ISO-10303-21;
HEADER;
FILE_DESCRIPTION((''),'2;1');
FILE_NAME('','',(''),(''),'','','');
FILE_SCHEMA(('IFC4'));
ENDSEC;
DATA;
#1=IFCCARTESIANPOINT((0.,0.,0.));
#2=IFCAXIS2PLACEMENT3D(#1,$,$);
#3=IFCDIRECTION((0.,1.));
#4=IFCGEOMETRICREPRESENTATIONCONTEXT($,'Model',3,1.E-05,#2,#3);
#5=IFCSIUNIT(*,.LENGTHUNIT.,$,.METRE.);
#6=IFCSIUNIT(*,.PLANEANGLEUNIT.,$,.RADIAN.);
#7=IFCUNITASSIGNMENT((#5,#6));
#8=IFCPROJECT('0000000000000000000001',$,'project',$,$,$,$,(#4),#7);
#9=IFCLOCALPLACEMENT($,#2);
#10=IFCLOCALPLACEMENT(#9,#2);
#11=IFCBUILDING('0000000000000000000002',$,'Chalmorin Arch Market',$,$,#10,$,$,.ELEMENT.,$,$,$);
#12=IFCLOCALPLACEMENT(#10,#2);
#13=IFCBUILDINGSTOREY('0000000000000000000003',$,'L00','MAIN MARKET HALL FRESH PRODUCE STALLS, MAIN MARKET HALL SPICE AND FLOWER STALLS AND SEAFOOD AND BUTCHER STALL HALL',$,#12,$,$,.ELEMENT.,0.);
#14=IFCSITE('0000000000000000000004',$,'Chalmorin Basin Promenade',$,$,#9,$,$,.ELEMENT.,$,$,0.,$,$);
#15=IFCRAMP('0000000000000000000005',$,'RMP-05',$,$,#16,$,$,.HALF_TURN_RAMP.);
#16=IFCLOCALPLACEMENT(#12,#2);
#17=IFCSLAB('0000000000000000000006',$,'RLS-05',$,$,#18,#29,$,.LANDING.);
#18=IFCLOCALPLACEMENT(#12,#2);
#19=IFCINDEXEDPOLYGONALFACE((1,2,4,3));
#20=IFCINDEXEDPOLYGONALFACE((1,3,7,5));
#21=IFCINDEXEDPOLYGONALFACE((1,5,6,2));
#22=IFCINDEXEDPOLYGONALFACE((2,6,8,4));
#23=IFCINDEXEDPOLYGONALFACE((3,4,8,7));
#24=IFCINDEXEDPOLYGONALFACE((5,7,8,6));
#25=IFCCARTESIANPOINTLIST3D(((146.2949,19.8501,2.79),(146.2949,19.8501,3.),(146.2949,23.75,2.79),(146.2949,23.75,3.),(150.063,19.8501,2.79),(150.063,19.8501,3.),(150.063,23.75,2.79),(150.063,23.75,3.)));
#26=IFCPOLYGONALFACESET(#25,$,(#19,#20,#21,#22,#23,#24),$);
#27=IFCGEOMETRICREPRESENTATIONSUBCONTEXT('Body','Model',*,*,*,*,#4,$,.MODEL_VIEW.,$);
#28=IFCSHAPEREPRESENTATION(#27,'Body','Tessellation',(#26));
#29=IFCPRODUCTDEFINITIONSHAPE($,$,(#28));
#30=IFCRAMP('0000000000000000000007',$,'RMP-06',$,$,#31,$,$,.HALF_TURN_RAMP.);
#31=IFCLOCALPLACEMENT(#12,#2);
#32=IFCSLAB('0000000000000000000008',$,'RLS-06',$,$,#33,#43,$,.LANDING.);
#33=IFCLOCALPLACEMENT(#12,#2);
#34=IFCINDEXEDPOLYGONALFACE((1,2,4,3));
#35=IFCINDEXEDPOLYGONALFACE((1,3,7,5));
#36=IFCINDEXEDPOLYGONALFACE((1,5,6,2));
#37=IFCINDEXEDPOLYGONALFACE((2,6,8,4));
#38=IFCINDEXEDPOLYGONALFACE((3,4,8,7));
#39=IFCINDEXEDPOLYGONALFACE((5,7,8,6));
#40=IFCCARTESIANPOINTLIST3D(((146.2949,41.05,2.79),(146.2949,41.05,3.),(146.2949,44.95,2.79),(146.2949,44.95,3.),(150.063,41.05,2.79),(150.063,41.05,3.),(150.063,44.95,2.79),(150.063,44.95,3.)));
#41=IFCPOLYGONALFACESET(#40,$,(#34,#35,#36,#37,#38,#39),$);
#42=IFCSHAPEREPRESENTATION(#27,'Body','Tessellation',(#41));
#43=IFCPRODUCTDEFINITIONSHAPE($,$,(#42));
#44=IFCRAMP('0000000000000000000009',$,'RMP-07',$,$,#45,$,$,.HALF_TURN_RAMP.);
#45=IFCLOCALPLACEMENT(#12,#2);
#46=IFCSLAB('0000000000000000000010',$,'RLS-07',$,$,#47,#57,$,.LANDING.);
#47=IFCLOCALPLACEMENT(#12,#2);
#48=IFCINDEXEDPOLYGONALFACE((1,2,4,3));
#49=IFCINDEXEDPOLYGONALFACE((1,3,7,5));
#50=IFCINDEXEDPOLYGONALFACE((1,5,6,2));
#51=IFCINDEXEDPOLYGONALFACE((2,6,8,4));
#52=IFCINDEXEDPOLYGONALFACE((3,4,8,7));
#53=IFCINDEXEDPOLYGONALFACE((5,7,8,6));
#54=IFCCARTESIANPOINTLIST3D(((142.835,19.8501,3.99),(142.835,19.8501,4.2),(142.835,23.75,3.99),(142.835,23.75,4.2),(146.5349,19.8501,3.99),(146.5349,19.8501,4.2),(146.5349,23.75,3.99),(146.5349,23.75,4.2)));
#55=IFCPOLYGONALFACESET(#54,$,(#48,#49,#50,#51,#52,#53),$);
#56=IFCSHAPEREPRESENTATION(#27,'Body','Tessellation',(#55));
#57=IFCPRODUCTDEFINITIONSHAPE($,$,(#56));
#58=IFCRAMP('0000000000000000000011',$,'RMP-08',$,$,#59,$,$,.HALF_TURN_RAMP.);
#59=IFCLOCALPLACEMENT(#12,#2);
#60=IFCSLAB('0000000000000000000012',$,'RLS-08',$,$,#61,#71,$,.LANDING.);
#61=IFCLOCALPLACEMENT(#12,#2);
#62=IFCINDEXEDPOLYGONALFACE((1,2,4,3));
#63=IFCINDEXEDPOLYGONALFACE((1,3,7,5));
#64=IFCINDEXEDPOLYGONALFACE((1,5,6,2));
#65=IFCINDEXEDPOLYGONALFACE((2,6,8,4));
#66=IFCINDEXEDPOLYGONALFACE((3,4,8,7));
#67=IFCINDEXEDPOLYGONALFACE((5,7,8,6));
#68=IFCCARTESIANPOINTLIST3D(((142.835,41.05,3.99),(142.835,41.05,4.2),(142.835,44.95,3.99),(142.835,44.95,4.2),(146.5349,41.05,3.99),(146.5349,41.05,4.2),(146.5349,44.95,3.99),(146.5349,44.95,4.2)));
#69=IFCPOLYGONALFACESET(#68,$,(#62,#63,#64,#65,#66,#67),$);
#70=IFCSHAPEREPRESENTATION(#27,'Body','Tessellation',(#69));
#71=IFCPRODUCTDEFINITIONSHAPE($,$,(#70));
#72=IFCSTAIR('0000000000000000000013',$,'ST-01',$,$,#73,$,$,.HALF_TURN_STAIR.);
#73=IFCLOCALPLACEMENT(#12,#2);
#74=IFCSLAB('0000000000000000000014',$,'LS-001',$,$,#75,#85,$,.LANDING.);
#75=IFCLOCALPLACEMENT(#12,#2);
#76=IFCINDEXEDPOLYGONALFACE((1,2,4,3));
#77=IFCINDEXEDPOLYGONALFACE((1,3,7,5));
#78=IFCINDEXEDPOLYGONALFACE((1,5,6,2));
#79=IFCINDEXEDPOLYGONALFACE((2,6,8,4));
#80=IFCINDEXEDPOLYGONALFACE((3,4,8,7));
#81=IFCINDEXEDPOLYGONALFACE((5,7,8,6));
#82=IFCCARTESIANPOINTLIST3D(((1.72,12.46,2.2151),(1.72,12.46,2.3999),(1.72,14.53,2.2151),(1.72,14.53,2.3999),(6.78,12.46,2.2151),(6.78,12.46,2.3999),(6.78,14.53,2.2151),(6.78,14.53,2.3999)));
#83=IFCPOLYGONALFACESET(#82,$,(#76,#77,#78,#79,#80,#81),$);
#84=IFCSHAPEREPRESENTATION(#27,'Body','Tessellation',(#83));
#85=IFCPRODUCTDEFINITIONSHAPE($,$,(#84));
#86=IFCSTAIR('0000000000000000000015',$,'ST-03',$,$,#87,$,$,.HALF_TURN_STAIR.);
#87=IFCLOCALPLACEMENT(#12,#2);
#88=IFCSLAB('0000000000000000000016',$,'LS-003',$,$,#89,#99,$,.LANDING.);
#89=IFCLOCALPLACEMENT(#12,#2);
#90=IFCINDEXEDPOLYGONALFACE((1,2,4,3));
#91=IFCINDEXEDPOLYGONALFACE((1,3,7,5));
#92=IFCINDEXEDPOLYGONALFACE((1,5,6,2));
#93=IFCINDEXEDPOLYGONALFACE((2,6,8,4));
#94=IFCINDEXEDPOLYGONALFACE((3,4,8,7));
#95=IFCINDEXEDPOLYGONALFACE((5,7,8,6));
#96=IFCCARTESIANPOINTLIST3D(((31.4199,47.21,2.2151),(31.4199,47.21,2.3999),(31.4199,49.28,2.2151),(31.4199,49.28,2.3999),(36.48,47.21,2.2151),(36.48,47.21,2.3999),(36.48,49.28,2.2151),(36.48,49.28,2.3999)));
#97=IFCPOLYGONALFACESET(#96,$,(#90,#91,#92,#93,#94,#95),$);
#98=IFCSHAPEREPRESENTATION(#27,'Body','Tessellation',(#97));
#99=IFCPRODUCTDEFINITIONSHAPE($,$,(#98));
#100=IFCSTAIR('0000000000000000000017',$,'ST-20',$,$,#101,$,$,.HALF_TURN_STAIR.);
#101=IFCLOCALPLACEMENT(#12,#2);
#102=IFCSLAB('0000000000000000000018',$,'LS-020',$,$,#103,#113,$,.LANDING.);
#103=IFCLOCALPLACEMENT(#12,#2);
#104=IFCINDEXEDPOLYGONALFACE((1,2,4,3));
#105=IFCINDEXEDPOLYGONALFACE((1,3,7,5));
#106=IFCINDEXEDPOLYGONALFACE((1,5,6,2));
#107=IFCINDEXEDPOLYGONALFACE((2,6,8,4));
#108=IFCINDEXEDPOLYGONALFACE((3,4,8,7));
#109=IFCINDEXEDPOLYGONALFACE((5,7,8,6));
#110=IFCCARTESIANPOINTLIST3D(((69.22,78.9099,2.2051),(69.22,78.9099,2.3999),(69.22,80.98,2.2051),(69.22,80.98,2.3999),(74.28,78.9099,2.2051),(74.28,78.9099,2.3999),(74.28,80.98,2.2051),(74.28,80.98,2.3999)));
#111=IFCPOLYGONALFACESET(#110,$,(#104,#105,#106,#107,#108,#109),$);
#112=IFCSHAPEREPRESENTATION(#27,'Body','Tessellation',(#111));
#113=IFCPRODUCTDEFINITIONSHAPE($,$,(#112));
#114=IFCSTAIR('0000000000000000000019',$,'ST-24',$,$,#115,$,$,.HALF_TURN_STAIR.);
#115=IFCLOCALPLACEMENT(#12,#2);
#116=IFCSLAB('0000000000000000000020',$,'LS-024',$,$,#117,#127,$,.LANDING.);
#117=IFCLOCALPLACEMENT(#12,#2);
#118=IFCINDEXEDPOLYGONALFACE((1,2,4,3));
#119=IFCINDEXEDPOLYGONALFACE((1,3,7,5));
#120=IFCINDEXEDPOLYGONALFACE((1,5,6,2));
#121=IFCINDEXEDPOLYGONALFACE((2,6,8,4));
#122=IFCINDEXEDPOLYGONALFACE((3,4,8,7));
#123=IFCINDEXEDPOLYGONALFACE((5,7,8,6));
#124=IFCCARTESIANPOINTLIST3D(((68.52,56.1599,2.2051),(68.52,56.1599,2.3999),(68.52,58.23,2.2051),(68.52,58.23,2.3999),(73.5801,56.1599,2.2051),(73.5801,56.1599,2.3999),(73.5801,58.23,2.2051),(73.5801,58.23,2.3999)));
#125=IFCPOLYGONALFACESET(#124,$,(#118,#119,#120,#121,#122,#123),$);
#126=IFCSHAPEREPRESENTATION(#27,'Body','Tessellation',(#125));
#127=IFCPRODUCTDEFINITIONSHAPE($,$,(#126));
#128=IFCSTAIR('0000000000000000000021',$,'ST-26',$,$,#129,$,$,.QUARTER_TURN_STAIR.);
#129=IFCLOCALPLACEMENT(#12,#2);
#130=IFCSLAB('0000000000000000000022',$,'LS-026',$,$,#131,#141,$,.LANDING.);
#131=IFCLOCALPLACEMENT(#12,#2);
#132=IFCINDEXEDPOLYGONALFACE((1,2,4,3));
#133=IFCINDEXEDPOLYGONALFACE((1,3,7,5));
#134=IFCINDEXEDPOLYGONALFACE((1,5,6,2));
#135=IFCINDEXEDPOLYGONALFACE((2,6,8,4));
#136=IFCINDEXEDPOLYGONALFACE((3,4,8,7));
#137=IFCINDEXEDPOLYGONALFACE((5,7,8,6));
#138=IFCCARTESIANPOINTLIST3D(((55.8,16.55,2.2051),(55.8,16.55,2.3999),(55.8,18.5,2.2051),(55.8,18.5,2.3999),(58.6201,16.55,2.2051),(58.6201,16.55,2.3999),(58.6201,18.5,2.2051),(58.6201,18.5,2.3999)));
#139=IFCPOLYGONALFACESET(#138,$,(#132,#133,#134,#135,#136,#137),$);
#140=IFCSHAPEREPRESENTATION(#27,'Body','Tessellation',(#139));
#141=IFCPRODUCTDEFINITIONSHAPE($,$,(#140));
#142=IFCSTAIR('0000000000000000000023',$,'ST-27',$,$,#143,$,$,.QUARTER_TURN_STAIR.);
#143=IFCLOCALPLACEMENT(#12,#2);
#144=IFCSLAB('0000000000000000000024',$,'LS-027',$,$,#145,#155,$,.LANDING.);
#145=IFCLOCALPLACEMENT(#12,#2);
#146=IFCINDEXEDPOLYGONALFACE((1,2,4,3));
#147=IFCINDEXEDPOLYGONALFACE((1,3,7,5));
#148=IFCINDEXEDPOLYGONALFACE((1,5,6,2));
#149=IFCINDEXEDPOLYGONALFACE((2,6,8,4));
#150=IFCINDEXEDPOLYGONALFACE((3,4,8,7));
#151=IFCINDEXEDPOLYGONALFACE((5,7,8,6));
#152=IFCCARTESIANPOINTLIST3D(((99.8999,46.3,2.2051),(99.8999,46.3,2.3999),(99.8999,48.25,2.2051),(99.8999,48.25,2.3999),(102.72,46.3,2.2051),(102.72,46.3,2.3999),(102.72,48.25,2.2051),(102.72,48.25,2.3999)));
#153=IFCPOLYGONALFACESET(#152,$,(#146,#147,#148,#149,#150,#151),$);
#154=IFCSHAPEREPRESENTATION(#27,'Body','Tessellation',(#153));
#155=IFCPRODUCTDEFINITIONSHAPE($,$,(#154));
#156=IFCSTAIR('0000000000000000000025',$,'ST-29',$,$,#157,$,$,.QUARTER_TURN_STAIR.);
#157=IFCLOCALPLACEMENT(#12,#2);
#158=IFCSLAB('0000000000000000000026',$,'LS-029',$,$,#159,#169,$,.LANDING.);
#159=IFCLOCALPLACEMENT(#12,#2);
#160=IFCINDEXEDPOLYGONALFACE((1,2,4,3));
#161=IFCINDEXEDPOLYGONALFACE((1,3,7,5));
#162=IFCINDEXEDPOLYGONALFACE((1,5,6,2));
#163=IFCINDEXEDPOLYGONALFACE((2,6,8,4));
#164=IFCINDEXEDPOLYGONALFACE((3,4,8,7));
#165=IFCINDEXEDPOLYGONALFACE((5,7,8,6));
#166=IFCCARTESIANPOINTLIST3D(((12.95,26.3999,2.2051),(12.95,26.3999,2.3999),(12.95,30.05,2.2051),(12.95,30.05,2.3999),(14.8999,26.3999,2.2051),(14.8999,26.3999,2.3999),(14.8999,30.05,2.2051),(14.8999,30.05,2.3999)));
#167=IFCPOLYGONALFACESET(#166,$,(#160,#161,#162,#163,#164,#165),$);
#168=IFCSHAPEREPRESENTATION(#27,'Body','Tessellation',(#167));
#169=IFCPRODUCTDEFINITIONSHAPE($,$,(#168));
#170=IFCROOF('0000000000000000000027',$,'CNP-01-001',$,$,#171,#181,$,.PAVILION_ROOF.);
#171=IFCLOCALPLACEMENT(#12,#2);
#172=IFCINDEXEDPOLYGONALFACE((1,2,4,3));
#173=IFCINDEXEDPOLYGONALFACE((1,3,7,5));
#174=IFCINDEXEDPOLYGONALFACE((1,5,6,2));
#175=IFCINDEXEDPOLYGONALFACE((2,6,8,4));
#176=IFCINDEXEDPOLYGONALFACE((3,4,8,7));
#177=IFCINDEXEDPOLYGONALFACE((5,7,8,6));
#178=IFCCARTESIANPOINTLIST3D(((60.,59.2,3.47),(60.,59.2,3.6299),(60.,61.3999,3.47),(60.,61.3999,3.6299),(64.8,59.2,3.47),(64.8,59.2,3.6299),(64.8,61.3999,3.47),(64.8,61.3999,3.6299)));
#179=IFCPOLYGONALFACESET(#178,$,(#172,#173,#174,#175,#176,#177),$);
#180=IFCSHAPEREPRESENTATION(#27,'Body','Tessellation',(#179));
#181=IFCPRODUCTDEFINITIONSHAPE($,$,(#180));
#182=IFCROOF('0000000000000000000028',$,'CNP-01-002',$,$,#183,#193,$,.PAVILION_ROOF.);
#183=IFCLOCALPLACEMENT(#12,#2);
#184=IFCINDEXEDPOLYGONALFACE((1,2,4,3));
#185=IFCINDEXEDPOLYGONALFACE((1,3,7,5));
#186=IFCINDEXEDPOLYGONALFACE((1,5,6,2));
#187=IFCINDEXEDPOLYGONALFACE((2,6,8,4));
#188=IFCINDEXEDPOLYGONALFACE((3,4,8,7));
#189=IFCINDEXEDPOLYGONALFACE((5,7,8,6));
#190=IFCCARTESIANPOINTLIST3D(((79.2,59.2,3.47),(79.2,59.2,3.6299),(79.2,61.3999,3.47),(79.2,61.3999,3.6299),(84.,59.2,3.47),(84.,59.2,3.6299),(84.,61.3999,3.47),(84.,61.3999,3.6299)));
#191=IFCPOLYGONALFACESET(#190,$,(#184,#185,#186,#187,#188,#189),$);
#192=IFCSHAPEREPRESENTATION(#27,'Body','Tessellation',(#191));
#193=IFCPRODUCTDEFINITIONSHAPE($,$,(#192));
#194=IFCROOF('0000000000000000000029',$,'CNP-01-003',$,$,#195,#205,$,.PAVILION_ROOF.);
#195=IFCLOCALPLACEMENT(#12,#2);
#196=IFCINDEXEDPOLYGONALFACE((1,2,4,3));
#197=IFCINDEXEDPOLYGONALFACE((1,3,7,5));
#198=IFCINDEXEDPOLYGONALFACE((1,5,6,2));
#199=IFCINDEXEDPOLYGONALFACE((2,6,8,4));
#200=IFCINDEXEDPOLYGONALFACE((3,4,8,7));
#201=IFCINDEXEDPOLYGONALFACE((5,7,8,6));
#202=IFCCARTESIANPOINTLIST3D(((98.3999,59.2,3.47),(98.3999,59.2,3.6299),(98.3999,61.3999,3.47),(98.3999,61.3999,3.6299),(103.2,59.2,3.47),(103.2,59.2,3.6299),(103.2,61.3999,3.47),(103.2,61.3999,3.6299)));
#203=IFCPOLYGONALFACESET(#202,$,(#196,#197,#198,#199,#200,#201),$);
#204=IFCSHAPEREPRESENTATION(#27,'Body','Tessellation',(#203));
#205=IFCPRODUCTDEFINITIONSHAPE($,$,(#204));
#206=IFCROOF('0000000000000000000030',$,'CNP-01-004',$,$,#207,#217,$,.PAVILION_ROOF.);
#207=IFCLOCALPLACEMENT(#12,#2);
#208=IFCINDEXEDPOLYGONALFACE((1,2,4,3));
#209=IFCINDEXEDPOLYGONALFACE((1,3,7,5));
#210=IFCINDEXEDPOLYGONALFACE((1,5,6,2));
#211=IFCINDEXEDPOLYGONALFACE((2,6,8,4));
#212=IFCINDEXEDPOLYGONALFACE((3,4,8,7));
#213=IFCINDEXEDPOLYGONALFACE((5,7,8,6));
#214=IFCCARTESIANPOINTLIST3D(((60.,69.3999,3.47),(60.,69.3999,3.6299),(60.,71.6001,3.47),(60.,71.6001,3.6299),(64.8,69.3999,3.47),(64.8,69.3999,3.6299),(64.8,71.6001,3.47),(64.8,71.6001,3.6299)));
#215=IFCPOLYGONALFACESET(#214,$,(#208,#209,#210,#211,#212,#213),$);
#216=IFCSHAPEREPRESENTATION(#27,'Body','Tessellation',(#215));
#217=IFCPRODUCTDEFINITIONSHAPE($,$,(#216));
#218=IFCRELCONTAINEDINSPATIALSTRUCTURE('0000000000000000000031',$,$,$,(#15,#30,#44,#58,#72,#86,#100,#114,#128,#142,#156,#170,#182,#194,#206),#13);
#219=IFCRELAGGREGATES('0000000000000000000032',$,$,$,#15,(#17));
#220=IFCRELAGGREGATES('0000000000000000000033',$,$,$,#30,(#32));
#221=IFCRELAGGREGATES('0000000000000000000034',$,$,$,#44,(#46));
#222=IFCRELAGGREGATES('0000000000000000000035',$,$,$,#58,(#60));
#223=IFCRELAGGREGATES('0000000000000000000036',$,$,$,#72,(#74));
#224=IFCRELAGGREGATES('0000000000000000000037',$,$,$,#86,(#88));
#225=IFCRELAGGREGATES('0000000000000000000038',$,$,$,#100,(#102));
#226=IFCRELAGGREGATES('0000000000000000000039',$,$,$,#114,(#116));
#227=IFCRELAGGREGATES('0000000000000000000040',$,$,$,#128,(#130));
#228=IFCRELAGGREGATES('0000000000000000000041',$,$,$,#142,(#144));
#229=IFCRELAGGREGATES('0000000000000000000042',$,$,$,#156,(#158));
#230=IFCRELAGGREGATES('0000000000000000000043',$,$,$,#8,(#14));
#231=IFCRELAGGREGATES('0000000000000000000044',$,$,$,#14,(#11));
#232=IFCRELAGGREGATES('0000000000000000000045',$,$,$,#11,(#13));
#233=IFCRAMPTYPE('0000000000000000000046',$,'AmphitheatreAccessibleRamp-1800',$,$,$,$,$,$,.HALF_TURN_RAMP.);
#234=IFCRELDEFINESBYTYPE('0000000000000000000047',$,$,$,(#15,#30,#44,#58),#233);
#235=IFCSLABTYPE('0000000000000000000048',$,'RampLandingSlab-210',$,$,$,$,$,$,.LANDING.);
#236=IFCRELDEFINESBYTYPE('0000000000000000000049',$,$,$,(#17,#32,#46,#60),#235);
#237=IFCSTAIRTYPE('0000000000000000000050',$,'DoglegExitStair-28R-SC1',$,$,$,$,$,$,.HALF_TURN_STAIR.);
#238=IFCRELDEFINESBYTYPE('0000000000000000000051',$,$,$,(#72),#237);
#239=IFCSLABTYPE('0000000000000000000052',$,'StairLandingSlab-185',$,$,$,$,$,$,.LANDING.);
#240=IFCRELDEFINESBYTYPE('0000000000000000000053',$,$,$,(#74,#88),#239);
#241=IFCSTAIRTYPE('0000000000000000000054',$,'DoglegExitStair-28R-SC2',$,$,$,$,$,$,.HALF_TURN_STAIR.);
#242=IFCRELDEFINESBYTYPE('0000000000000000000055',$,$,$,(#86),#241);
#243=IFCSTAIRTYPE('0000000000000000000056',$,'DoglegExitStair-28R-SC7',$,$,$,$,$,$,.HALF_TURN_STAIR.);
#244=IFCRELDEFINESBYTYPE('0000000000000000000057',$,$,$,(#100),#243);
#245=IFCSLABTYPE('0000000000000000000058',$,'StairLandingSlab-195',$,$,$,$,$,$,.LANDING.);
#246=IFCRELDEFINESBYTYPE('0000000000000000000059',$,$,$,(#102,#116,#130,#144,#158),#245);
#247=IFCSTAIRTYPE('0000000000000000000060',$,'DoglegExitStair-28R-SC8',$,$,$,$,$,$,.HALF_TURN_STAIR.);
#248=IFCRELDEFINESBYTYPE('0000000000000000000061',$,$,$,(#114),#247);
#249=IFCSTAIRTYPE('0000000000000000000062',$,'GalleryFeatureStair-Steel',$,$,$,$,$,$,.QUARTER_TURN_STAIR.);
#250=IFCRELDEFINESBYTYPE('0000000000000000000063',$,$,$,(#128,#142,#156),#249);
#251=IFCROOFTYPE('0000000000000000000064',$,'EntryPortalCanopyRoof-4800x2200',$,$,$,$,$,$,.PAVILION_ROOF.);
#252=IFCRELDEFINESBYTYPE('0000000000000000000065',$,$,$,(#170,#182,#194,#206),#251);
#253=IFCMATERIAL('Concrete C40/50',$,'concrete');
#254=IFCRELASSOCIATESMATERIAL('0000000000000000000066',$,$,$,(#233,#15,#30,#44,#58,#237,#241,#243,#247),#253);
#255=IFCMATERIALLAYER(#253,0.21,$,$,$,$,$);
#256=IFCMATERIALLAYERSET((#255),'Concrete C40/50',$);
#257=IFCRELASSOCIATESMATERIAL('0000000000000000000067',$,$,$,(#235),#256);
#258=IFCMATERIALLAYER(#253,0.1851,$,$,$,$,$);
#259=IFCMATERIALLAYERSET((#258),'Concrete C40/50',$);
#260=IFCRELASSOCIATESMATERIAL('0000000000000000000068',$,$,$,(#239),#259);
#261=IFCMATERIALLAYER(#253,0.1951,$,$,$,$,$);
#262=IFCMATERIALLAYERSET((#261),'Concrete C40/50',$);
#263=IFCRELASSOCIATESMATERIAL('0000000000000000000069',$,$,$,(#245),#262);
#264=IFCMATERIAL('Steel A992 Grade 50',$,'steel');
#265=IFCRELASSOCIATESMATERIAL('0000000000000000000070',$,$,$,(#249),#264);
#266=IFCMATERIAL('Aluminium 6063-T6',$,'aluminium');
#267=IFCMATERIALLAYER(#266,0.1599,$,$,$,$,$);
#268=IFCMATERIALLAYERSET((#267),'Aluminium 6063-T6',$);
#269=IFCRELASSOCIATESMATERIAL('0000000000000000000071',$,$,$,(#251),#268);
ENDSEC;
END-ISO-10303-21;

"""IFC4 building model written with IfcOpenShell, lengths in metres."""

from ifc_helpers import new_model, si_unit, direction, frame, origin, place, context, subcontext, project, spatial, polyline, outline, extrude, material, layer, layer_set, type_object, element, aggregate, save


model = new_model("IFC4")

# Units and contexts
model_context = context("Model", 3, precision=1e-05, world=origin(), true_north=direction((0.0, 1.0)))
body_context = subcontext(model_context, "Body", "Model", "MODEL_VIEW")
ifc_project = project(units=[si_unit("LENGTHUNIT", "METRE"), si_unit("PLANEANGLEUNIT", "RADIAN")], contexts=[model_context])

# Site, building, storey
site_placement = place(None, origin())
site = spatial("IfcSite", under=ifc_project, at=site_placement, Name="Chalmorin Basin Promenade", CompositionType="ELEMENT", RefElevation=0.0)
building_placement = place(site_placement, origin())
building = spatial("IfcBuilding", under=site, at=building_placement, Name="Chalmorin Arch Market", CompositionType="ELEMENT")
storey_placement = place(building_placement, origin())
storey = spatial("IfcBuildingStorey", under=building, at=storey_placement, Name="L00", Description="MAIN MARKET HALL FRESH PRODUCE STALLS, MAIN MARKET HALL SPICE AND FLOWER STALLS AND SEAFOOD AND BUTCHER STALL HALL", CompositionType="ELEMENT", Elevation=0.0)

# Ramps, slabs
ifc_material_1 = material(Name="Concrete C40/50", Category="concrete")
ramp_type = type_object("IfcRampType", Name="AmphitheatreAccessibleRamp-1800", PredefinedType="HALF_TURN_RAMP", material=ifc_material_1)
ramp_1_placement = place(storey_placement, origin())
ramp_1 = element("IfcRamp", 1, at=ramp_1_placement, inside=storey, type_object=ramp_type, material=ifc_material_1, Name="RMP-05", PredefinedType="HALF_TURN_RAMP")
ifc_layer_1 = layer(ifc_material_1, 0.21)
ifc_layer_set_1 = layer_set([ifc_layer_1], Name="Concrete C40/50")
slab_type_1 = type_object("IfcSlabType", Name="RampLandingSlab-210", PredefinedType="LANDING", material=ifc_layer_set_1)
slab_1_placement = place(storey_placement, frame((0.0, 0.0, 2.79)))
slab_1 = element("IfcSlab", 2, at=slab_1_placement, type_object=slab_type_1, Name="RLS-05", PredefinedType="LANDING", context=body_context, shape_type="SweptSolid", body=[
    extrude(outline(polyline([(146.2949, 19.8501), (150.063, 19.8501), (150.063, 23.75), (146.2949, 23.75), (146.2949, 19.8501)])), origin(), (0.0, 0.0, 1.0), 0.21),
])
aggregate(ramp_1, [slab_1])
ramp_2_placement = place(storey_placement, origin())
ramp_2 = element("IfcRamp", 3, at=ramp_2_placement, inside=storey, type_object=ramp_type, material=ifc_material_1, Name="RMP-06", PredefinedType="HALF_TURN_RAMP")
slab_2_placement = place(storey_placement, frame((0.0, 0.0, 2.79)))
slab_2 = element("IfcSlab", 4, at=slab_2_placement, type_object=slab_type_1, Name="RLS-06", PredefinedType="LANDING", context=body_context, shape_type="SweptSolid", body=[
    extrude(outline(polyline([(146.2949, 41.05), (150.063, 41.05), (150.063, 44.95), (146.2949, 44.95), (146.2949, 41.05)])), origin(), (0.0, 0.0, 1.0), 0.21),
])
aggregate(ramp_2, [slab_2])
ramp_3_placement = place(storey_placement, origin())
ramp_3 = element("IfcRamp", 5, at=ramp_3_placement, inside=storey, type_object=ramp_type, material=ifc_material_1, Name="RMP-07", PredefinedType="HALF_TURN_RAMP")
slab_3_placement = place(storey_placement, frame((0.0, 0.0, 3.99)))
slab_3 = element("IfcSlab", 6, at=slab_3_placement, type_object=slab_type_1, Name="RLS-07", PredefinedType="LANDING", context=body_context, shape_type="SweptSolid", body=[
    extrude(outline(polyline([(142.835, 19.8501), (146.5349, 19.8501), (146.5349, 23.75), (142.835, 23.75), (142.835, 19.8501)])), origin(), (0.0, 0.0, 1.0), 0.21),
])
aggregate(ramp_3, [slab_3])
ramp_4_placement = place(storey_placement, origin())
ramp_4 = element("IfcRamp", 7, at=ramp_4_placement, inside=storey, type_object=ramp_type, material=ifc_material_1, Name="RMP-08", PredefinedType="HALF_TURN_RAMP")
slab_4_placement = place(storey_placement, frame((0.0, 0.0, 3.99)))
slab_4 = element("IfcSlab", 8, at=slab_4_placement, type_object=slab_type_1, Name="RLS-08", PredefinedType="LANDING", context=body_context, shape_type="SweptSolid", body=[
    extrude(outline(polyline([(142.835, 41.05), (146.5349, 41.05), (146.5349, 44.95), (142.835, 44.95), (142.835, 41.05)])), origin(), (0.0, 0.0, 1.0), 0.21),
])
aggregate(ramp_4, [slab_4])

# Stairs, slabs
stair_type_1 = type_object("IfcStairType", Name="DoglegExitStair-28R-SC1", PredefinedType="HALF_TURN_STAIR", material=ifc_material_1)
stair_1_placement = place(storey_placement, origin())
stair_1 = element("IfcStair", 9, at=stair_1_placement, inside=storey, type_object=stair_type_1, Name="ST-01", PredefinedType="HALF_TURN_STAIR")
ifc_layer_2 = layer(ifc_material_1, 0.1851)
ifc_layer_set_2 = layer_set([ifc_layer_2], Name="Concrete C40/50")
slab_type_2 = type_object("IfcSlabType", Name="StairLandingSlab-185", PredefinedType="LANDING", material=ifc_layer_set_2)
slab_5_placement = place(storey_placement, frame((0.0, 0.0, 2.2151)))
slab_5 = element("IfcSlab", 10, at=slab_5_placement, type_object=slab_type_2, Name="LS-001", PredefinedType="LANDING", context=body_context, shape_type="SweptSolid", body=[
    extrude(outline(polyline([(1.72, 12.46), (6.78, 12.46), (6.78, 14.53), (1.72, 14.53), (1.72, 12.46)])), origin(), (0.0, 0.0, 1.0), 0.1848),
])
aggregate(stair_1, [slab_5])
stair_type_2 = type_object("IfcStairType", Name="DoglegExitStair-28R-SC2", PredefinedType="HALF_TURN_STAIR", material=ifc_material_1)
stair_2_placement = place(storey_placement, origin())
stair_2 = element("IfcStair", 11, at=stair_2_placement, inside=storey, type_object=stair_type_2, Name="ST-03", PredefinedType="HALF_TURN_STAIR")
slab_6_placement = place(storey_placement, frame((0.0, 0.0, 2.2151)))
slab_6 = element("IfcSlab", 12, at=slab_6_placement, type_object=slab_type_2, Name="LS-003", PredefinedType="LANDING", context=body_context, shape_type="SweptSolid", body=[
    extrude(outline(polyline([(31.4199, 47.21), (36.48, 47.21), (36.48, 49.28), (31.4199, 49.28), (31.4199, 47.21)])), origin(), (0.0, 0.0, 1.0), 0.1848),
])
aggregate(stair_2, [slab_6])
stair_type_3 = type_object("IfcStairType", Name="DoglegExitStair-28R-SC7", PredefinedType="HALF_TURN_STAIR", material=ifc_material_1)
stair_3_placement = place(storey_placement, origin())
stair_3 = element("IfcStair", 13, at=stair_3_placement, inside=storey, type_object=stair_type_3, Name="ST-20", PredefinedType="HALF_TURN_STAIR")
ifc_layer_3 = layer(ifc_material_1, 0.1951)
ifc_layer_set_3 = layer_set([ifc_layer_3], Name="Concrete C40/50")
slab_type_3 = type_object("IfcSlabType", Name="StairLandingSlab-195", PredefinedType="LANDING", material=ifc_layer_set_3)
slab_7_placement = place(storey_placement, frame((0.0, 0.0, 2.2051)))
slab_7 = element("IfcSlab", 14, at=slab_7_placement, type_object=slab_type_3, Name="LS-020", PredefinedType="LANDING", context=body_context, shape_type="SweptSolid", body=[
    extrude(outline(polyline([(69.22, 78.9099), (74.28, 78.9099), (74.28, 80.98), (69.22, 80.98), (69.22, 78.9099)])), origin(), (0.0, 0.0, 1.0), 0.1948),
])
aggregate(stair_3, [slab_7])
stair_type_4 = type_object("IfcStairType", Name="DoglegExitStair-28R-SC8", PredefinedType="HALF_TURN_STAIR", material=ifc_material_1)
stair_4_placement = place(storey_placement, origin())
stair_4 = element("IfcStair", 15, at=stair_4_placement, inside=storey, type_object=stair_type_4, Name="ST-24", PredefinedType="HALF_TURN_STAIR")
slab_8_placement = place(storey_placement, frame((0.0, 0.0, 2.2051)))
slab_8 = element("IfcSlab", 16, at=slab_8_placement, type_object=slab_type_3, Name="LS-024", PredefinedType="LANDING", context=body_context, shape_type="SweptSolid", body=[
    extrude(outline(polyline([(68.52, 56.1599), (73.5801, 56.1599), (73.5801, 58.23), (68.52, 58.23), (68.52, 56.1599)])), origin(), (0.0, 0.0, 1.0), 0.1948),
])
aggregate(stair_4, [slab_8])
ifc_material_2 = material(Name="Steel A992 Grade 50", Category="steel")
stair_type_5 = type_object("IfcStairType", Name="GalleryFeatureStair-Steel", PredefinedType="QUARTER_TURN_STAIR", material=ifc_material_2)
stair_5_placement = place(storey_placement, origin())
stair_5 = element("IfcStair", 17, at=stair_5_placement, inside=storey, type_object=stair_type_5, Name="ST-26", PredefinedType="QUARTER_TURN_STAIR")
slab_9_placement = place(storey_placement, frame((0.0, 0.0, 2.2051)))
slab_9 = element("IfcSlab", 18, at=slab_9_placement, type_object=slab_type_3, Name="LS-026", PredefinedType="LANDING", context=body_context, shape_type="SweptSolid", body=[
    extrude(outline(polyline([(55.8, 16.55), (58.6201, 16.55), (58.6201, 18.5), (55.8, 18.5), (55.8, 16.55)])), origin(), (0.0, 0.0, 1.0), 0.1948),
])
aggregate(stair_5, [slab_9])
stair_6_placement = place(storey_placement, origin())
stair_6 = element("IfcStair", 19, at=stair_6_placement, inside=storey, type_object=stair_type_5, Name="ST-27", PredefinedType="QUARTER_TURN_STAIR")
slab_10_placement = place(storey_placement, frame((0.0, 0.0, 2.2051)))
slab_10 = element("IfcSlab", 20, at=slab_10_placement, type_object=slab_type_3, Name="LS-027", PredefinedType="LANDING", context=body_context, shape_type="SweptSolid", body=[
    extrude(outline(polyline([(99.8999, 46.3), (102.72, 46.3), (102.72, 48.25), (99.8999, 48.25), (99.8999, 46.3)])), origin(), (0.0, 0.0, 1.0), 0.1948),
])
aggregate(stair_6, [slab_10])
stair_7_placement = place(storey_placement, origin())
stair_7 = element("IfcStair", 21, at=stair_7_placement, inside=storey, type_object=stair_type_5, Name="ST-29", PredefinedType="QUARTER_TURN_STAIR")
slab_11_placement = place(storey_placement, frame((0.0, 0.0, 2.2051)))
slab_11 = element("IfcSlab", 22, at=slab_11_placement, type_object=slab_type_3, Name="LS-029", PredefinedType="LANDING", context=body_context, shape_type="SweptSolid", body=[
    extrude(outline(polyline([(12.95, 26.3999), (14.8999, 26.3999), (14.8999, 30.05), (12.95, 30.05), (12.95, 26.3999)])), origin(), (0.0, 0.0, 1.0), 0.1948),
])
aggregate(stair_7, [slab_11])

# Roofs
ifc_material_3 = material(Name="Aluminium 6063-T6", Category="aluminium")
ifc_layer_4 = layer(ifc_material_3, 0.1599)
ifc_layer_set_4 = layer_set([ifc_layer_4], Name="Aluminium 6063-T6")
roof_type_1 = type_object("IfcRoofType", Name="EntryPortalCanopyRoof-4800x2200", PredefinedType="PAVILION_ROOF", material=ifc_layer_set_4)
roof_1_placement = place(storey_placement, frame((0.0, 0.0, 3.47)))
element("IfcRoof", 23, at=roof_1_placement, inside=storey, type_object=roof_type_1, Name="CNP-01-001", PredefinedType="PAVILION_ROOF", context=body_context, shape_type="SweptSolid", body=[
    extrude(outline(polyline([(60.0, 59.2), (64.8, 59.2), (64.8, 61.3999), (60.0, 61.3999), (60.0, 59.2)])), origin(), (0.0, 0.0, 1.0), 0.1599),
])
roof_2_placement = place(storey_placement, frame((0.0, 0.0, 3.47)))
element("IfcRoof", 24, at=roof_2_placement, inside=storey, type_object=roof_type_1, Name="CNP-01-002", PredefinedType="PAVILION_ROOF", context=body_context, shape_type="SweptSolid", body=[
    extrude(outline(polyline([(79.2, 59.2), (84.0, 59.2), (84.0, 61.3999), (79.2, 61.3999), (79.2, 59.2)])), origin(), (0.0, 0.0, 1.0), 0.1599),
])
roof_3_placement = place(storey_placement, frame((0.0, 0.0, 3.47)))
element("IfcRoof", 25, at=roof_3_placement, inside=storey, type_object=roof_type_1, Name="CNP-01-003", PredefinedType="PAVILION_ROOF", context=body_context, shape_type="SweptSolid", body=[
    extrude(outline(polyline([(98.3999, 59.2), (103.2, 59.2), (103.2, 61.3999), (98.3999, 61.3999), (98.3999, 59.2)])), origin(), (0.0, 0.0, 1.0), 0.1599),
])
roof_4_placement = place(storey_placement, frame((0.0, 0.0, 3.47)))
element("IfcRoof", 26, at=roof_4_placement, inside=storey, type_object=roof_type_1, Name="CNP-01-004", PredefinedType="PAVILION_ROOF", context=body_context, shape_type="SweptSolid", body=[
    extrude(outline(polyline([(60.0, 69.3999), (64.8, 69.3999), (64.8, 71.6001), (60.0, 71.6001), (60.0, 69.3999)])), origin(), (0.0, 0.0, 1.0), 0.1599),
])

save(model, "model.ifc")
